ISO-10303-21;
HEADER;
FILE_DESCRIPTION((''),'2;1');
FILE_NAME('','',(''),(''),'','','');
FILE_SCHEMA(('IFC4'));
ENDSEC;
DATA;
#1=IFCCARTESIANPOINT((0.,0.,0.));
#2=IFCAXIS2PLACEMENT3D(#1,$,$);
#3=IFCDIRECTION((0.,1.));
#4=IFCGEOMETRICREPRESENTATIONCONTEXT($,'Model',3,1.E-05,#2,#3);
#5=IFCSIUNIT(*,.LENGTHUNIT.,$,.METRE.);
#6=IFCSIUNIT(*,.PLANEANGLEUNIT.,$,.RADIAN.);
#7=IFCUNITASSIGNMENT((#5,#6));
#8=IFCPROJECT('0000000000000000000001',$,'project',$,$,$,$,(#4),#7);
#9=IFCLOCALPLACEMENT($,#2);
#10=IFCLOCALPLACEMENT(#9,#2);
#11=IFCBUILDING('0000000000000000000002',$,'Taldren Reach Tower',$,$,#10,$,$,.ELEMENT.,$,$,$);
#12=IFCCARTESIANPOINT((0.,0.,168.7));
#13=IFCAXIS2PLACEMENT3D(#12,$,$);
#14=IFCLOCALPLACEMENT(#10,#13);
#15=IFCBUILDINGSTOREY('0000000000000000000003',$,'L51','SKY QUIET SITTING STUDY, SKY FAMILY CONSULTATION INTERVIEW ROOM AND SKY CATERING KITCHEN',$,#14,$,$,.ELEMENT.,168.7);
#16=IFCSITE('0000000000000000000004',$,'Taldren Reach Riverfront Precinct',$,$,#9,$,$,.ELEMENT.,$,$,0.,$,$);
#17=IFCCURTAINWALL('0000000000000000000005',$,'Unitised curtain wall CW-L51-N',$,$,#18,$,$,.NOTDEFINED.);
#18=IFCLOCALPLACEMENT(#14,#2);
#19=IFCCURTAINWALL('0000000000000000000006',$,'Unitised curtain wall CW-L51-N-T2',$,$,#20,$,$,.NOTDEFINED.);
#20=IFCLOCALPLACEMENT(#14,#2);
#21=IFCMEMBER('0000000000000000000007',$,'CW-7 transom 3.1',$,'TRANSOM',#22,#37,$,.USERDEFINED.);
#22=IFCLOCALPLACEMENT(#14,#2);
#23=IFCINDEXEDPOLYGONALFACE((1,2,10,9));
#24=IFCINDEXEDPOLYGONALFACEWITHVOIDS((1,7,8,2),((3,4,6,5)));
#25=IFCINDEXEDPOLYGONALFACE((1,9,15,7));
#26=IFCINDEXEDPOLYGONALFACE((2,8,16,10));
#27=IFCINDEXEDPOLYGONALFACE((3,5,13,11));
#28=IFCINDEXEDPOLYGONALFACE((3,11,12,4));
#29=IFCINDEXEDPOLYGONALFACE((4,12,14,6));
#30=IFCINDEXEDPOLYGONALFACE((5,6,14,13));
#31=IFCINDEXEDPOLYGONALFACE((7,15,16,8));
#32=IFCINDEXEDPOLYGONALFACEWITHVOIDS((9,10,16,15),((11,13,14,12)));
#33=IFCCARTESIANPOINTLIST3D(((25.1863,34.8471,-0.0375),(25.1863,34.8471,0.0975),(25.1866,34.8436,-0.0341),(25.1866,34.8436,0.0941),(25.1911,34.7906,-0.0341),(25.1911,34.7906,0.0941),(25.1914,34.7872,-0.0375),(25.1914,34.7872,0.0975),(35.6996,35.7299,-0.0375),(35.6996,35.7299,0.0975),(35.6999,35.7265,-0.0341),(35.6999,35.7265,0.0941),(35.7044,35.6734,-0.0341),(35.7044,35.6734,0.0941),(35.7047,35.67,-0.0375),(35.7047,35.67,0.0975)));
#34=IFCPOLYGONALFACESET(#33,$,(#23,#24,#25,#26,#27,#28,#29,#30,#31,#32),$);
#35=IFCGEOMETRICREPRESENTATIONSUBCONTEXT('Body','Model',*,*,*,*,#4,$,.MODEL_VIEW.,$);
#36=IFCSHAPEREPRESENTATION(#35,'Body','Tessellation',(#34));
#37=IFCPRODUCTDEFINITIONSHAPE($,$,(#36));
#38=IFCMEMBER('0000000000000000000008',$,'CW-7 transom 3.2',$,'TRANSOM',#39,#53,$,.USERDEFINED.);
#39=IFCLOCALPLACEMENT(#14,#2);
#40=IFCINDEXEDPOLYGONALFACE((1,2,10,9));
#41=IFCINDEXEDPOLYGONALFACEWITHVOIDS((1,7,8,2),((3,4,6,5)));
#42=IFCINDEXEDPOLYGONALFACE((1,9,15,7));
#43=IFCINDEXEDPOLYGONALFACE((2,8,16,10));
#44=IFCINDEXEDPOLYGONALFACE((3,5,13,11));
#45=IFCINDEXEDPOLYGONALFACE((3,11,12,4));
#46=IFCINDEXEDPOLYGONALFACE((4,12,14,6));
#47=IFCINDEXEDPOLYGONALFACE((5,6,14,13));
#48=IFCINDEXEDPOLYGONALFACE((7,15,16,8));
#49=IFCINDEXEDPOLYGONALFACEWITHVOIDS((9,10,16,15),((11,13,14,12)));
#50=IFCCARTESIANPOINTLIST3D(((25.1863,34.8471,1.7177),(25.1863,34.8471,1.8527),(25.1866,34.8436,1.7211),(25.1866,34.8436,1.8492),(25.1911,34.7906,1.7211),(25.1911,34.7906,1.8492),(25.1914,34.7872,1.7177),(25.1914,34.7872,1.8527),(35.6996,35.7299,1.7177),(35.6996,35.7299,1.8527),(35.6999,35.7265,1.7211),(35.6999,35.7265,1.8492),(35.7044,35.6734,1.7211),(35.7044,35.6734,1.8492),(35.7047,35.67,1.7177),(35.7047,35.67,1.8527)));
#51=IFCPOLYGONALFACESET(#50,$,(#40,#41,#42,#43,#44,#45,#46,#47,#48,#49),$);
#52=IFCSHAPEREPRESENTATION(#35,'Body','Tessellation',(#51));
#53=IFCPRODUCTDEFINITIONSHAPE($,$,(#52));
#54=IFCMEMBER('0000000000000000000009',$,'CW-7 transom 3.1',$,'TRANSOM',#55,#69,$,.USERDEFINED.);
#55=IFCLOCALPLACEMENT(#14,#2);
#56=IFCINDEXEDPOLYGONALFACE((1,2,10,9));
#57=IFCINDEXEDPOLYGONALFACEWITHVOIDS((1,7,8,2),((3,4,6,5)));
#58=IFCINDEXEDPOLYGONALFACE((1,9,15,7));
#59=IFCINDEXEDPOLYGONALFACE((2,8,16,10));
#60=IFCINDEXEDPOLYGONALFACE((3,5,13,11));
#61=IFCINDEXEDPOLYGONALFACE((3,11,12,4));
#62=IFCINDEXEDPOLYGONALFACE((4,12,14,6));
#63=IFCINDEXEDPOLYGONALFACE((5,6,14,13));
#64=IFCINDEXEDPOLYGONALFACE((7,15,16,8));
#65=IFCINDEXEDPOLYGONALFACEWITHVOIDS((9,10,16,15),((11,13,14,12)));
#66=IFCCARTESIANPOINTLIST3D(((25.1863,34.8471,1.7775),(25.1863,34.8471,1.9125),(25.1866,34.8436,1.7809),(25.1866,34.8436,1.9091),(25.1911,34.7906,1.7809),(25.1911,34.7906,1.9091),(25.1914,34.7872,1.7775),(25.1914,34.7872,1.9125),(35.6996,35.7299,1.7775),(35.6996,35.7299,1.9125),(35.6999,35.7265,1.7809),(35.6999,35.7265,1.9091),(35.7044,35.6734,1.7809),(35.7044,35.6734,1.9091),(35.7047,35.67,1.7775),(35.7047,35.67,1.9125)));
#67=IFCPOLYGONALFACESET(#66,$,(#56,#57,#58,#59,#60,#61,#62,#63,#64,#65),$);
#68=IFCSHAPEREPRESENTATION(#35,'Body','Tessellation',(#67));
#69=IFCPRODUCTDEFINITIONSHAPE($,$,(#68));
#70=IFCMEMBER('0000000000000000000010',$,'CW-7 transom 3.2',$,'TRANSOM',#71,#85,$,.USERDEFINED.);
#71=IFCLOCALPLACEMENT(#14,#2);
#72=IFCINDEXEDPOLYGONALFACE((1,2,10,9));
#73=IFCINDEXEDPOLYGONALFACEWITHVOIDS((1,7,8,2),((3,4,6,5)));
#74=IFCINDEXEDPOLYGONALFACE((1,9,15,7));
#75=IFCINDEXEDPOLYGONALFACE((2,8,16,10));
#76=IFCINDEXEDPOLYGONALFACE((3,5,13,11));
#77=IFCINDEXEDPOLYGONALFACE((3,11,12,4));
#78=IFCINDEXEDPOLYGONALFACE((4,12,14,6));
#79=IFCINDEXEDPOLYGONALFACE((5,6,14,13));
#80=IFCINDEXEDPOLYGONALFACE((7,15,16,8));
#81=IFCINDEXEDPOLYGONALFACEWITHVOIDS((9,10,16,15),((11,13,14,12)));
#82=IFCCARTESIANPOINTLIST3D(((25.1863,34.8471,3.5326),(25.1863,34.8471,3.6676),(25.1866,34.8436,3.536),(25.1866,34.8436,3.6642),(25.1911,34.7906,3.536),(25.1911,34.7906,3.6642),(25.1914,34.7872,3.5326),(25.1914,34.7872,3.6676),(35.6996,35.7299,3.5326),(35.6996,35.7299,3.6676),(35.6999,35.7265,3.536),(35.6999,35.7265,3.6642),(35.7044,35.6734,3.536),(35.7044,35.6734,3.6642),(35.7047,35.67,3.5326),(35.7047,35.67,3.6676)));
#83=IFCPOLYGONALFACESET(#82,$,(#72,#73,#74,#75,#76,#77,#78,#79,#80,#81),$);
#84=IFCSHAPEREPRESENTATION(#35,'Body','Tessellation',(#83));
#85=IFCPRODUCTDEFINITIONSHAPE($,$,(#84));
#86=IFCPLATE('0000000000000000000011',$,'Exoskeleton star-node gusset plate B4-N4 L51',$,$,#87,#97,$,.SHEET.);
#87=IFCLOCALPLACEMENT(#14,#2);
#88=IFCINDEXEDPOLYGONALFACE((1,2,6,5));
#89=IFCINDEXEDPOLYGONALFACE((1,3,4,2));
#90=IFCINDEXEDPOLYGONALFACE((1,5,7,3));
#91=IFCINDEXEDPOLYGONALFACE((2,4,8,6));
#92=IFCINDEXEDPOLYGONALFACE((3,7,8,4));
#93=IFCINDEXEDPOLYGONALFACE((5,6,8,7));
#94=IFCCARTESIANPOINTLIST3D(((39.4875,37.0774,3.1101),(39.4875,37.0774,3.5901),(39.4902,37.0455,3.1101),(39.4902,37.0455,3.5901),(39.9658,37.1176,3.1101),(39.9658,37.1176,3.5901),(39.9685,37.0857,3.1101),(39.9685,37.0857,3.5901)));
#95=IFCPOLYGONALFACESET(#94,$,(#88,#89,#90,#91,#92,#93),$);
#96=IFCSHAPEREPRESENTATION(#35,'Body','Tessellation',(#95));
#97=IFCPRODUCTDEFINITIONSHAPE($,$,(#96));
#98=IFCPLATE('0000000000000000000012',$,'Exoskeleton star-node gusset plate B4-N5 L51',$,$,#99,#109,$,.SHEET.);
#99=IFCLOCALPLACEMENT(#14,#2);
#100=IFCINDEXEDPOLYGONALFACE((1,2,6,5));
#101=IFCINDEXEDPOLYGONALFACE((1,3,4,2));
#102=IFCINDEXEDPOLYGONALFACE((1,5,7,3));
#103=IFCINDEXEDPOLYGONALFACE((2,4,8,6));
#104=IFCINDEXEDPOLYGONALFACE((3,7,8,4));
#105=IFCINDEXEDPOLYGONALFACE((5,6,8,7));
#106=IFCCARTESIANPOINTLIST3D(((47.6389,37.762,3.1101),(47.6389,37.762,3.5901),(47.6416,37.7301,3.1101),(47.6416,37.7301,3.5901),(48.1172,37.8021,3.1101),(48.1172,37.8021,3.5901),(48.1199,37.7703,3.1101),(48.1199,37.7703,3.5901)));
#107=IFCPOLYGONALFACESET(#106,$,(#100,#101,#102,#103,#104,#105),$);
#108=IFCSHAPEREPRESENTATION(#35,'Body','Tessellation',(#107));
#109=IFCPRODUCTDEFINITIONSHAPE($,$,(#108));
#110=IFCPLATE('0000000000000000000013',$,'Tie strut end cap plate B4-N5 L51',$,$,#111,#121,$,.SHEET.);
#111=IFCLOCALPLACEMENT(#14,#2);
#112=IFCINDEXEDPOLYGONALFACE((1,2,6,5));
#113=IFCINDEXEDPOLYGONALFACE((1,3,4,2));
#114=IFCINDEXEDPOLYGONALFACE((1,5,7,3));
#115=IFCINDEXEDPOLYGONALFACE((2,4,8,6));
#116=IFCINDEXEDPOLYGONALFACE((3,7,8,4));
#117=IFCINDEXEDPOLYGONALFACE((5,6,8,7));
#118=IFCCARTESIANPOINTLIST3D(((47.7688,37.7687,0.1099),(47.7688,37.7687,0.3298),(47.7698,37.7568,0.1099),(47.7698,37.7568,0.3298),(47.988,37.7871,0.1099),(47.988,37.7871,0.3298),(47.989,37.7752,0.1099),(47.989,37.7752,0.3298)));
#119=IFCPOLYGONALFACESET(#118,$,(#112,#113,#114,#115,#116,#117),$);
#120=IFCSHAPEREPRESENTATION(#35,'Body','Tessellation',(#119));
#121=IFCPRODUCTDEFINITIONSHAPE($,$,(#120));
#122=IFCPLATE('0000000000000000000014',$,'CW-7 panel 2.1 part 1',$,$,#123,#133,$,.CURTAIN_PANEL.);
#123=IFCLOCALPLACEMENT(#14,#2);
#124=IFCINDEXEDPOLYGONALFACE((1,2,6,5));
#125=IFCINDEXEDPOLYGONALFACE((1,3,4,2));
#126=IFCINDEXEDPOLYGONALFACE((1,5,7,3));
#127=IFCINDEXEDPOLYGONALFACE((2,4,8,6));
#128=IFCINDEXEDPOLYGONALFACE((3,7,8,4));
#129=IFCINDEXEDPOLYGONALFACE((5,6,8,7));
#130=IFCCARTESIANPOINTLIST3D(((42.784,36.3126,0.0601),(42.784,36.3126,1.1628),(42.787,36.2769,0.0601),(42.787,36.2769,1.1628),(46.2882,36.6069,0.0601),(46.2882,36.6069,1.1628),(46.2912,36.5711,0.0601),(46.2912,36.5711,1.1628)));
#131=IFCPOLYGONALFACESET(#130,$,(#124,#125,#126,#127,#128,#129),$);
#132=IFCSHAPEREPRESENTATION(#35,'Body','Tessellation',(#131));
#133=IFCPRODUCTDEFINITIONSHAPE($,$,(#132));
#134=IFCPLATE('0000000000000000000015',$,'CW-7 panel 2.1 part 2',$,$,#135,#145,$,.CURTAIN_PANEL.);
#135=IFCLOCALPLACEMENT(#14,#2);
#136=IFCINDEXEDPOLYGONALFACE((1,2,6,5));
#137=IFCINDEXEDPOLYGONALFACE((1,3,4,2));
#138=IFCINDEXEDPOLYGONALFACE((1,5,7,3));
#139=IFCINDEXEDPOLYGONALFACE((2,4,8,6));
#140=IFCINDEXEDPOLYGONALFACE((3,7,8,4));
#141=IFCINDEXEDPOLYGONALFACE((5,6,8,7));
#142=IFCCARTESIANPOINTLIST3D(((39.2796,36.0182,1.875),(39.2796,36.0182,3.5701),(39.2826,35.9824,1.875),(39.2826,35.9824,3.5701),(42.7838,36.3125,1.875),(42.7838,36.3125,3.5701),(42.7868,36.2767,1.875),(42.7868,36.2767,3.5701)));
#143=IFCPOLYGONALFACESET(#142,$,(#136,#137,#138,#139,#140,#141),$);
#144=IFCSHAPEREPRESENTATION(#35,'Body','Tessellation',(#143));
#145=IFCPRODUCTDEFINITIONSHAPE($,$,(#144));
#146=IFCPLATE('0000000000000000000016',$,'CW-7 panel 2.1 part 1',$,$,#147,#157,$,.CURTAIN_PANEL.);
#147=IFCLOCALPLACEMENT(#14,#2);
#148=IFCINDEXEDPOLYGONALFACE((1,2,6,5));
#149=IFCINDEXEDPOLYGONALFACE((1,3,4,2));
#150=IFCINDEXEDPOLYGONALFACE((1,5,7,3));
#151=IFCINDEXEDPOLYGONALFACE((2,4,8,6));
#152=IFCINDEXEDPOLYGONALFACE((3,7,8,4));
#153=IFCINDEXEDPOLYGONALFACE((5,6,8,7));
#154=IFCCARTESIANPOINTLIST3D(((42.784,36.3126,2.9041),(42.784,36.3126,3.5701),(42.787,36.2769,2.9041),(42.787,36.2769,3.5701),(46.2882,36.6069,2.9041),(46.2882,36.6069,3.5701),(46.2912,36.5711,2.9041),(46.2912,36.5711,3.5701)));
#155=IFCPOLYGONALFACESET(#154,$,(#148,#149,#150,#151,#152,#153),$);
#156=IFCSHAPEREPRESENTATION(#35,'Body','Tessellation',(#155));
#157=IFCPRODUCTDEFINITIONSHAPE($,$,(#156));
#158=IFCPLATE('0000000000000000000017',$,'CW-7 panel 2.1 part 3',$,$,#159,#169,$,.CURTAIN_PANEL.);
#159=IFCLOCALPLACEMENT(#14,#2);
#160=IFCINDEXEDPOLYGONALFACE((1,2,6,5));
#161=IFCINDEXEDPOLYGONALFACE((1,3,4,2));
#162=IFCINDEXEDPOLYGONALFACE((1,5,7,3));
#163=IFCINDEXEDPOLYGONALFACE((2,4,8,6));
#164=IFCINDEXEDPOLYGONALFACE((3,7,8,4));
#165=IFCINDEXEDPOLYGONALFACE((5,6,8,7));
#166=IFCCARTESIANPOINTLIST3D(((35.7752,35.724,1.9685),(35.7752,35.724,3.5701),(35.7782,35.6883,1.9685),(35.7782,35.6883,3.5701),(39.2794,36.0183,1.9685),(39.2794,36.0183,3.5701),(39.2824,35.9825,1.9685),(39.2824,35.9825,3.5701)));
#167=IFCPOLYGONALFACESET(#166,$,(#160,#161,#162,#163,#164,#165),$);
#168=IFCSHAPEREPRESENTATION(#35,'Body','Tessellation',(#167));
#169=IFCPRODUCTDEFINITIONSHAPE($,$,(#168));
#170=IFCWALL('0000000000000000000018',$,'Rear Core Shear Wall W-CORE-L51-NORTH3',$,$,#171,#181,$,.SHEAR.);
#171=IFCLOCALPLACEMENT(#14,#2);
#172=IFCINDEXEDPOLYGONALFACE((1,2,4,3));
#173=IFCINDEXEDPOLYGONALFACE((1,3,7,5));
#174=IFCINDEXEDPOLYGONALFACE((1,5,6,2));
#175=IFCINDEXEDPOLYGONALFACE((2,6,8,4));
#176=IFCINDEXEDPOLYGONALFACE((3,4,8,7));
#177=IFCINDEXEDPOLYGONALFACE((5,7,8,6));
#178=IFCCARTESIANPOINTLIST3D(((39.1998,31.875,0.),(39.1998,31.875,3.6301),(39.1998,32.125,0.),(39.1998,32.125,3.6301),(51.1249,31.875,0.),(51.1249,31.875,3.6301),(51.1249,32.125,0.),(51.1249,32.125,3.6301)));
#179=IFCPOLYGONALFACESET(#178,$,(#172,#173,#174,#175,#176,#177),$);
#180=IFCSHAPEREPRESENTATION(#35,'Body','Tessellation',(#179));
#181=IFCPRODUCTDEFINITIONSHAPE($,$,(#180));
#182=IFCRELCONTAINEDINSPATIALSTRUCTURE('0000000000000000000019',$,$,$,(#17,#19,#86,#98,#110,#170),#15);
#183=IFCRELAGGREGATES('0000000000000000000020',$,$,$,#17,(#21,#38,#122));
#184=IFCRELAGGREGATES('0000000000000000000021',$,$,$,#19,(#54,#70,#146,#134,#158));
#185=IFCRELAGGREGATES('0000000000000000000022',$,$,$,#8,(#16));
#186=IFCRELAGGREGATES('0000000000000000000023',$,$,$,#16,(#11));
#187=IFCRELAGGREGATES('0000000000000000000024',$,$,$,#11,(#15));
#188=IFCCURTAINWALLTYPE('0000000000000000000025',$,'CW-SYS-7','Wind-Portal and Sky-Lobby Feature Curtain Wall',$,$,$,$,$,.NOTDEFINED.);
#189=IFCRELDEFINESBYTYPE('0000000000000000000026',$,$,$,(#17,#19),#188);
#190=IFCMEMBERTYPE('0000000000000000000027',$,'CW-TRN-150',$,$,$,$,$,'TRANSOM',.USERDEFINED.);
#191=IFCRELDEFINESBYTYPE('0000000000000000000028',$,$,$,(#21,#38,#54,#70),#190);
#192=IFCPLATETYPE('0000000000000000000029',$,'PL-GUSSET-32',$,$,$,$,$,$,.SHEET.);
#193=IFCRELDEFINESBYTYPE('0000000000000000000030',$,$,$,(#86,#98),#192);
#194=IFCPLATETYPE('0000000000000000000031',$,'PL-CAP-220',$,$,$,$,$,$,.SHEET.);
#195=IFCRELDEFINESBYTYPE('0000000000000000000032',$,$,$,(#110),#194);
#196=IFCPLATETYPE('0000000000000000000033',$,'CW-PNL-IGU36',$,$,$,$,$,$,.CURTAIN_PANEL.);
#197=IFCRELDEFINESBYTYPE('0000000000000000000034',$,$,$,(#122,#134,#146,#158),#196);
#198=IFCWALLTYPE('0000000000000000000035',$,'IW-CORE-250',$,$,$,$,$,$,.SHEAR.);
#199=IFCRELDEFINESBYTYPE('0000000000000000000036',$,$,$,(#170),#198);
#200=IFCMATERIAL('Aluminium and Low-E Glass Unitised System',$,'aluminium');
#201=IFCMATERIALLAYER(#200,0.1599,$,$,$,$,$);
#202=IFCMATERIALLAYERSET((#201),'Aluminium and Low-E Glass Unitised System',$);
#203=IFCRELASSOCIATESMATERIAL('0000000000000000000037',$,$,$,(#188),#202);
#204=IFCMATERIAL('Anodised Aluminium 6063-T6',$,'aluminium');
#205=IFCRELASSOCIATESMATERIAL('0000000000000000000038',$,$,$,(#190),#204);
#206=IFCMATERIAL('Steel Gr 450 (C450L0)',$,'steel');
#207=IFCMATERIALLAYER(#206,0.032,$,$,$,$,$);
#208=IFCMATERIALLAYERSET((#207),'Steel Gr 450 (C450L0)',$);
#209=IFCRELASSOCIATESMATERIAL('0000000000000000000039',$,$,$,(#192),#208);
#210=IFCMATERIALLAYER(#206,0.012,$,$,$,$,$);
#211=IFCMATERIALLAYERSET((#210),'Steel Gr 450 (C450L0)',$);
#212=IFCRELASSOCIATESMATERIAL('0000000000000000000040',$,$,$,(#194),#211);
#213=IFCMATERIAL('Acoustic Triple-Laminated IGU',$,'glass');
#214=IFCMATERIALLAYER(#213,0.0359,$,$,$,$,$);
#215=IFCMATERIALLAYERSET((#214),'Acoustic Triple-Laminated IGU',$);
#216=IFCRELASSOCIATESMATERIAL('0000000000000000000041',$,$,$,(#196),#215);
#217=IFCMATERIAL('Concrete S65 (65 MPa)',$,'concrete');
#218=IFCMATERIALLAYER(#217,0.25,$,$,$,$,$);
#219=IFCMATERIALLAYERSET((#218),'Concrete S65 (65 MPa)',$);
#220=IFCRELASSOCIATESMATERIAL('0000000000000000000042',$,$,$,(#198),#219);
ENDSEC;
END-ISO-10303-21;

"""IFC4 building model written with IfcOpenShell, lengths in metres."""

from ifc_helpers import new_model, si_unit, direction, frame, frame_2d, origin, origin_2d, place, context, subcontext, project, spatial, rectangle, hollow_rectangle, extrude, source, transform, mapped, material, layer, layer_set, material_profile, profile_set, type_object, element, aggregate, save


model = new_model("IFC4")

# Units and contexts
model_context = context("Model", 3, precision=1e-05, world=origin(), true_north=direction((0.0, 1.0)))
body_context = subcontext(model_context, "Body", "Model", "MODEL_VIEW")
ifc_project = project(units=[si_unit("LENGTHUNIT", "METRE"), si_unit("PLANEANGLEUNIT", "RADIAN")], contexts=[model_context])

# Site, building, storey
site_placement = place(None, origin())
site = spatial("IfcSite", under=ifc_project, at=site_placement, Name="Taldren Reach Riverfront Precinct", CompositionType="ELEMENT", RefElevation=0.0)
building_placement = place(site_placement, origin())
building = spatial("IfcBuilding", under=site, at=building_placement, Name="Taldren Reach Tower", CompositionType="ELEMENT")
storey_placement = place(building_placement, frame((0.0, 0.0, 168.7)))
storey = spatial("IfcBuildingStorey", under=building, at=storey_placement, Name="L51", Description="SKY QUIET SITTING STUDY, SKY FAMILY CONSULTATION INTERVIEW ROOM AND SKY CATERING KITCHEN", CompositionType="ELEMENT", Elevation=168.7)

# Shared definitions
ifc_material_1 = material(Name="Steel Gr 450 (C450L0)", Category="steel")

# Curtain walls
ifc_material_2 = material(Name="Aluminium and Low-E Glass Unitised System", Category="aluminium")
ifc_layer_1 = layer(ifc_material_2, 0.1599)
ifc_layer_set_1 = layer_set([ifc_layer_1], Name="Aluminium and Low-E Glass Unitised System")
curtain_wall_type = type_object("IfcCurtainWallType", Name="CW-SYS-7", Description="Wind-Portal and Sky-Lobby Feature Curtain Wall", PredefinedType="NOTDEFINED", material=ifc_layer_set_1)
curtain_wall_1_placement = place(storey_placement, origin())
curtain_wall_1 = element("IfcCurtainWall", 1, at=curtain_wall_1_placement, inside=storey, type_object=curtain_wall_type, Name="Unitised curtain wall CW-L51-N", PredefinedType="NOTDEFINED")
ifc_material_3 = material(Name="Anodised Aluminium 6063-T6", Category="aluminium")
curtain_wall_2_placement = place(storey_placement, origin())
curtain_wall_2 = element("IfcCurtainWall", 2, at=curtain_wall_2_placement, inside=storey, type_object=curtain_wall_type, Name="Unitised curtain wall CW-L51-N-T2", PredefinedType="NOTDEFINED")

# Members
ifc_material_profile_1 = material_profile(ifc_material_3, hollow_rectangle(XDim=0.0601, YDim=0.135, WallThickness=0.0034, at=origin_2d()), Name="ALU-135x60x3.5RHS")
ifc_profile_set_1 = profile_set([ifc_material_profile_1], Name="Anodised Aluminium 6063-T6")
member_type_1 = type_object("IfcMemberType", Name="CW-TRN-150", ElementType="TRANSOM", PredefinedType="USERDEFINED", material=ifc_profile_set_1)
shared_shape_1 = source(origin(), body_context, "Body", "SweptSolid", [
    extrude(hollow_rectangle(XDim=0.0601, YDim=0.135, WallThickness=0.0034, at=origin_2d()), origin(), (0.0, 0.0, 1.0), 10.5503),
])
member_1_placement = place(storey_placement, frame((35.7021, 35.7, 0.03), z_axis=(-0.996493, -0.083677, 0.0), x_axis=(0.083677, -0.996493, 0.0)))
member_1 = element("IfcMember", 3, at=member_1_placement, type_object=member_type_1, Name="CW-7 transom 3.1", ObjectType="TRANSOM", PredefinedType="USERDEFINED", context=body_context, shape_type="MappedRepresentation", body=[
    mapped(shared_shape_1, transform((0.0, 0.0, 0.0), scale=1.0)),
])
member_2_placement = place(storey_placement, frame((35.7021, 35.7, 1.7852), z_axis=(-0.996493, -0.083677, 0.0), x_axis=(0.083677, -0.996493, 0.0)))
member_2 = element("IfcMember", 4, at=member_2_placement, type_object=member_type_1, Name="CW-7 transom 3.2", ObjectType="TRANSOM", PredefinedType="USERDEFINED", context=body_context, shape_type="MappedRepresentation", body=[
    mapped(shared_shape_1, transform((0.0, 0.0, 0.0), scale=1.0)),
])
member_3_placement = place(storey_placement, frame((35.7021, 35.7, 1.845), z_axis=(-0.996493, -0.083677, 0.0), x_axis=(0.083677, -0.996493, 0.0)))
member_3 = element("IfcMember", 5, at=member_3_placement, type_object=member_type_1, Name="CW-7 transom 3.1", ObjectType="TRANSOM", PredefinedType="USERDEFINED", context=body_context, shape_type="MappedRepresentation", body=[
    mapped(shared_shape_1, transform((0.0, 0.0, 0.0), scale=1.0)),
])
member_4_placement = place(storey_placement, frame((35.7021, 35.7, 3.6001), z_axis=(-0.996493, -0.083677, 0.0), x_axis=(0.083677, -0.996493, 0.0)))
member_4 = element("IfcMember", 6, at=member_4_placement, type_object=member_type_1, Name="CW-7 transom 3.2", ObjectType="TRANSOM", PredefinedType="USERDEFINED", context=body_context, shape_type="MappedRepresentation", body=[
    mapped(shared_shape_1, transform((0.0, 0.0, 0.0), scale=1.0)),
])

# Plates
ifc_layer_2 = layer(ifc_material_1, 0.032)
ifc_layer_set_2 = layer_set([ifc_layer_2], Name="Steel Gr 450 (C450L0)")
plate_type_1 = type_object("IfcPlateType", Name="PL-GUSSET-32", PredefinedType="SHEET", material=ifc_layer_set_2)
shared_shape_2 = source(origin(), body_context, "Body", "SweptSolid", [
    extrude(rectangle(XDim=0.48, YDim=0.032, at=origin_2d()), origin(), (0.0, 0.0, 1.0), 0.48),
])
for number, where, z_axis, x_axis, name in (
    (7, (39.728, 37.0815, 3.1101), (0.0, 0.0, 1.0), (0.996493, 0.083678, 0.0), "Exoskeleton star-node gusset plate B4-N4 L51"),
    (8, (47.8794, 37.7661, 3.1101), (0.0, 0.0, 1.0), (0.996493, 0.083678, 0.0), "Exoskeleton star-node gusset plate B4-N5 L51"),
):
    element("IfcPlate", number, at=place(storey_placement, frame(where, z_axis=z_axis, x_axis=x_axis)), inside=storey, type_object=plate_type_1, Name=name, PredefinedType="SHEET", context=body_context, shape_type="MappedRepresentation", body=[
        mapped(shared_shape_2, transform((0.0, 0.0, 0.0), scale=1.0)),
    ])
ifc_layer_3 = layer(ifc_material_1, 0.012)
ifc_layer_set_3 = layer_set([ifc_layer_3], Name="Steel Gr 450 (C450L0)")
plate_type_2 = type_object("IfcPlateType", Name="PL-CAP-220", PredefinedType="SHEET", material=ifc_layer_set_3)
shared_shape_3 = source(origin(), body_context, "Body", "SweptSolid", [
    extrude(rectangle(XDim=0.22, YDim=0.012, at=origin_2d()), origin(), (0.0, 0.0, 1.0), 0.22),
])
plate_1_placement = place(storey_placement, frame((47.8789, 37.772, 0.1099), z_axis=(0.0, 0.0, 1.0), x_axis=(0.996493, 0.083678, 0.0)))
element("IfcPlate", 9, at=plate_1_placement, inside=storey, type_object=plate_type_2, Name="Tie strut end cap plate B4-N5 L51", PredefinedType="SHEET", context=body_context, shape_type="MappedRepresentation", body=[
    mapped(shared_shape_3, transform((0.0, 0.0, 0.0), scale=1.0)),
])

# Plates
ifc_material_4 = material(Name="Acoustic Triple-Laminated IGU", Category="glass")
ifc_layer_4 = layer(ifc_material_4, 0.0359)
ifc_layer_set_4 = layer_set([ifc_layer_4], Name="Acoustic Triple-Laminated IGU")
plate_type_3 = type_object("IfcPlateType", Name="CW-PNL-IGU36", PredefinedType="CURTAIN_PANEL", material=ifc_layer_set_4)
shared_shape_4 = source(origin(), body_context, "Body", "SweptSolid", [
    extrude(rectangle(XDim=3.5166, YDim=0.0359, at=origin_2d()), origin(), (0.0, 0.0, 1.0), 1.1028),
])
plate_2_placement = place(storey_placement, frame((44.5376, 36.4419, 0.0601), z_axis=(0.0, 0.0, 1.0), x_axis=(-0.996493, -0.083678, 0.0)))
plate_2 = element("IfcPlate", 10, at=plate_2_placement, type_object=plate_type_3, Name="CW-7 panel 2.1 part 1", PredefinedType="CURTAIN_PANEL", context=body_context, shape_type="MappedRepresentation", body=[
    mapped(shared_shape_4, transform((0.0, 0.0, 0.0), scale=1.0)),
])
aggregate(curtain_wall_1, [member_1, member_2, plate_2])
shared_shape_5 = source(origin(), body_context, "Body", "SweptSolid", [
    extrude(rectangle(XDim=3.5166, YDim=0.0359, at=origin_2d()), origin(), (0.0, 0.0, 1.0), 1.6951),
])
plate_3_placement = place(storey_placement, frame((41.0332, 36.1475, 1.875), z_axis=(0.0, 0.0, 1.0), x_axis=(-0.996493, -0.083678, 0.0)))
plate_3 = element("IfcPlate", 11, at=plate_3_placement, type_object=plate_type_3, Name="CW-7 panel 2.1 part 2", PredefinedType="CURTAIN_PANEL", context=body_context, shape_type="MappedRepresentation", body=[
    mapped(shared_shape_5, transform((0.0, 0.0, 0.0), scale=1.0)),
])
shared_shape_6 = source(origin(), body_context, "Body", "SweptSolid", [
    extrude(rectangle(XDim=3.5166, YDim=0.0359, at=origin_2d()), origin(), (0.0, 0.0, 1.0), 0.666),
])
plate_4_placement = place(storey_placement, frame((44.5376, 36.4419, 2.9041), z_axis=(0.0, 0.0, 1.0), x_axis=(-0.996493, -0.083678, 0.0)))
plate_4 = element("IfcPlate", 12, at=plate_4_placement, type_object=plate_type_3, Name="CW-7 panel 2.1 part 1", PredefinedType="CURTAIN_PANEL", context=body_context, shape_type="MappedRepresentation", body=[
    mapped(shared_shape_6, transform((0.0, 0.0, 0.0), scale=1.0)),
])
shared_shape_7 = source(origin(), body_context, "Body", "SweptSolid", [
    extrude(rectangle(XDim=3.5166, YDim=0.0359, at=origin_2d()), origin(), (0.0, 0.0, 1.0), 1.6016),
])
plate_5_placement = place(storey_placement, frame((37.5288, 35.8533, 1.9685), z_axis=(0.0, 0.0, 1.0), x_axis=(-0.996493, -0.083678, 0.0)))
plate_5 = element("IfcPlate", 13, at=plate_5_placement, type_object=plate_type_3, Name="CW-7 panel 2.1 part 3", PredefinedType="CURTAIN_PANEL", context=body_context, shape_type="MappedRepresentation", body=[
    mapped(shared_shape_7, transform((0.0, 0.0, 0.0), scale=1.0)),
])
aggregate(curtain_wall_2, [member_3, member_4, plate_4, plate_3, plate_5])

# Wall
ifc_material_5 = material(Name="Concrete S65 (65 MPa)", Category="concrete")
ifc_layer_5 = layer(ifc_material_5, 0.25)
ifc_layer_set_5 = layer_set([ifc_layer_5], Name="Concrete S65 (65 MPa)")
wall_type = type_object("IfcWallType", Name="IW-CORE-250", PredefinedType="SHEAR", material=ifc_layer_set_5)
shared_shape_8 = source(origin(), body_context, "Body", "SweptSolid", [
    extrude(rectangle(XDim=11.925, YDim=0.25, at=frame_2d((5.9624, 0.0))), origin(), (0.0, 0.0, 1.0), 3.6301),
])
wall_placement = place(storey_placement, frame((39.2, 32.0, 0.0), z_axis=(0.0, 0.0, 1.0), x_axis=(1.0, 0.0, 0.0)))
element("IfcWall", 14, at=wall_placement, inside=storey, type_object=wall_type, Name="Rear Core Shear Wall W-CORE-L51-NORTH3", PredefinedType="SHEAR", context=body_context, shape_type="MappedRepresentation", body=[
    mapped(shared_shape_8, transform((0.0, 0.0, 0.0), scale=1.0)),
])

save(model, "model.ifc")
